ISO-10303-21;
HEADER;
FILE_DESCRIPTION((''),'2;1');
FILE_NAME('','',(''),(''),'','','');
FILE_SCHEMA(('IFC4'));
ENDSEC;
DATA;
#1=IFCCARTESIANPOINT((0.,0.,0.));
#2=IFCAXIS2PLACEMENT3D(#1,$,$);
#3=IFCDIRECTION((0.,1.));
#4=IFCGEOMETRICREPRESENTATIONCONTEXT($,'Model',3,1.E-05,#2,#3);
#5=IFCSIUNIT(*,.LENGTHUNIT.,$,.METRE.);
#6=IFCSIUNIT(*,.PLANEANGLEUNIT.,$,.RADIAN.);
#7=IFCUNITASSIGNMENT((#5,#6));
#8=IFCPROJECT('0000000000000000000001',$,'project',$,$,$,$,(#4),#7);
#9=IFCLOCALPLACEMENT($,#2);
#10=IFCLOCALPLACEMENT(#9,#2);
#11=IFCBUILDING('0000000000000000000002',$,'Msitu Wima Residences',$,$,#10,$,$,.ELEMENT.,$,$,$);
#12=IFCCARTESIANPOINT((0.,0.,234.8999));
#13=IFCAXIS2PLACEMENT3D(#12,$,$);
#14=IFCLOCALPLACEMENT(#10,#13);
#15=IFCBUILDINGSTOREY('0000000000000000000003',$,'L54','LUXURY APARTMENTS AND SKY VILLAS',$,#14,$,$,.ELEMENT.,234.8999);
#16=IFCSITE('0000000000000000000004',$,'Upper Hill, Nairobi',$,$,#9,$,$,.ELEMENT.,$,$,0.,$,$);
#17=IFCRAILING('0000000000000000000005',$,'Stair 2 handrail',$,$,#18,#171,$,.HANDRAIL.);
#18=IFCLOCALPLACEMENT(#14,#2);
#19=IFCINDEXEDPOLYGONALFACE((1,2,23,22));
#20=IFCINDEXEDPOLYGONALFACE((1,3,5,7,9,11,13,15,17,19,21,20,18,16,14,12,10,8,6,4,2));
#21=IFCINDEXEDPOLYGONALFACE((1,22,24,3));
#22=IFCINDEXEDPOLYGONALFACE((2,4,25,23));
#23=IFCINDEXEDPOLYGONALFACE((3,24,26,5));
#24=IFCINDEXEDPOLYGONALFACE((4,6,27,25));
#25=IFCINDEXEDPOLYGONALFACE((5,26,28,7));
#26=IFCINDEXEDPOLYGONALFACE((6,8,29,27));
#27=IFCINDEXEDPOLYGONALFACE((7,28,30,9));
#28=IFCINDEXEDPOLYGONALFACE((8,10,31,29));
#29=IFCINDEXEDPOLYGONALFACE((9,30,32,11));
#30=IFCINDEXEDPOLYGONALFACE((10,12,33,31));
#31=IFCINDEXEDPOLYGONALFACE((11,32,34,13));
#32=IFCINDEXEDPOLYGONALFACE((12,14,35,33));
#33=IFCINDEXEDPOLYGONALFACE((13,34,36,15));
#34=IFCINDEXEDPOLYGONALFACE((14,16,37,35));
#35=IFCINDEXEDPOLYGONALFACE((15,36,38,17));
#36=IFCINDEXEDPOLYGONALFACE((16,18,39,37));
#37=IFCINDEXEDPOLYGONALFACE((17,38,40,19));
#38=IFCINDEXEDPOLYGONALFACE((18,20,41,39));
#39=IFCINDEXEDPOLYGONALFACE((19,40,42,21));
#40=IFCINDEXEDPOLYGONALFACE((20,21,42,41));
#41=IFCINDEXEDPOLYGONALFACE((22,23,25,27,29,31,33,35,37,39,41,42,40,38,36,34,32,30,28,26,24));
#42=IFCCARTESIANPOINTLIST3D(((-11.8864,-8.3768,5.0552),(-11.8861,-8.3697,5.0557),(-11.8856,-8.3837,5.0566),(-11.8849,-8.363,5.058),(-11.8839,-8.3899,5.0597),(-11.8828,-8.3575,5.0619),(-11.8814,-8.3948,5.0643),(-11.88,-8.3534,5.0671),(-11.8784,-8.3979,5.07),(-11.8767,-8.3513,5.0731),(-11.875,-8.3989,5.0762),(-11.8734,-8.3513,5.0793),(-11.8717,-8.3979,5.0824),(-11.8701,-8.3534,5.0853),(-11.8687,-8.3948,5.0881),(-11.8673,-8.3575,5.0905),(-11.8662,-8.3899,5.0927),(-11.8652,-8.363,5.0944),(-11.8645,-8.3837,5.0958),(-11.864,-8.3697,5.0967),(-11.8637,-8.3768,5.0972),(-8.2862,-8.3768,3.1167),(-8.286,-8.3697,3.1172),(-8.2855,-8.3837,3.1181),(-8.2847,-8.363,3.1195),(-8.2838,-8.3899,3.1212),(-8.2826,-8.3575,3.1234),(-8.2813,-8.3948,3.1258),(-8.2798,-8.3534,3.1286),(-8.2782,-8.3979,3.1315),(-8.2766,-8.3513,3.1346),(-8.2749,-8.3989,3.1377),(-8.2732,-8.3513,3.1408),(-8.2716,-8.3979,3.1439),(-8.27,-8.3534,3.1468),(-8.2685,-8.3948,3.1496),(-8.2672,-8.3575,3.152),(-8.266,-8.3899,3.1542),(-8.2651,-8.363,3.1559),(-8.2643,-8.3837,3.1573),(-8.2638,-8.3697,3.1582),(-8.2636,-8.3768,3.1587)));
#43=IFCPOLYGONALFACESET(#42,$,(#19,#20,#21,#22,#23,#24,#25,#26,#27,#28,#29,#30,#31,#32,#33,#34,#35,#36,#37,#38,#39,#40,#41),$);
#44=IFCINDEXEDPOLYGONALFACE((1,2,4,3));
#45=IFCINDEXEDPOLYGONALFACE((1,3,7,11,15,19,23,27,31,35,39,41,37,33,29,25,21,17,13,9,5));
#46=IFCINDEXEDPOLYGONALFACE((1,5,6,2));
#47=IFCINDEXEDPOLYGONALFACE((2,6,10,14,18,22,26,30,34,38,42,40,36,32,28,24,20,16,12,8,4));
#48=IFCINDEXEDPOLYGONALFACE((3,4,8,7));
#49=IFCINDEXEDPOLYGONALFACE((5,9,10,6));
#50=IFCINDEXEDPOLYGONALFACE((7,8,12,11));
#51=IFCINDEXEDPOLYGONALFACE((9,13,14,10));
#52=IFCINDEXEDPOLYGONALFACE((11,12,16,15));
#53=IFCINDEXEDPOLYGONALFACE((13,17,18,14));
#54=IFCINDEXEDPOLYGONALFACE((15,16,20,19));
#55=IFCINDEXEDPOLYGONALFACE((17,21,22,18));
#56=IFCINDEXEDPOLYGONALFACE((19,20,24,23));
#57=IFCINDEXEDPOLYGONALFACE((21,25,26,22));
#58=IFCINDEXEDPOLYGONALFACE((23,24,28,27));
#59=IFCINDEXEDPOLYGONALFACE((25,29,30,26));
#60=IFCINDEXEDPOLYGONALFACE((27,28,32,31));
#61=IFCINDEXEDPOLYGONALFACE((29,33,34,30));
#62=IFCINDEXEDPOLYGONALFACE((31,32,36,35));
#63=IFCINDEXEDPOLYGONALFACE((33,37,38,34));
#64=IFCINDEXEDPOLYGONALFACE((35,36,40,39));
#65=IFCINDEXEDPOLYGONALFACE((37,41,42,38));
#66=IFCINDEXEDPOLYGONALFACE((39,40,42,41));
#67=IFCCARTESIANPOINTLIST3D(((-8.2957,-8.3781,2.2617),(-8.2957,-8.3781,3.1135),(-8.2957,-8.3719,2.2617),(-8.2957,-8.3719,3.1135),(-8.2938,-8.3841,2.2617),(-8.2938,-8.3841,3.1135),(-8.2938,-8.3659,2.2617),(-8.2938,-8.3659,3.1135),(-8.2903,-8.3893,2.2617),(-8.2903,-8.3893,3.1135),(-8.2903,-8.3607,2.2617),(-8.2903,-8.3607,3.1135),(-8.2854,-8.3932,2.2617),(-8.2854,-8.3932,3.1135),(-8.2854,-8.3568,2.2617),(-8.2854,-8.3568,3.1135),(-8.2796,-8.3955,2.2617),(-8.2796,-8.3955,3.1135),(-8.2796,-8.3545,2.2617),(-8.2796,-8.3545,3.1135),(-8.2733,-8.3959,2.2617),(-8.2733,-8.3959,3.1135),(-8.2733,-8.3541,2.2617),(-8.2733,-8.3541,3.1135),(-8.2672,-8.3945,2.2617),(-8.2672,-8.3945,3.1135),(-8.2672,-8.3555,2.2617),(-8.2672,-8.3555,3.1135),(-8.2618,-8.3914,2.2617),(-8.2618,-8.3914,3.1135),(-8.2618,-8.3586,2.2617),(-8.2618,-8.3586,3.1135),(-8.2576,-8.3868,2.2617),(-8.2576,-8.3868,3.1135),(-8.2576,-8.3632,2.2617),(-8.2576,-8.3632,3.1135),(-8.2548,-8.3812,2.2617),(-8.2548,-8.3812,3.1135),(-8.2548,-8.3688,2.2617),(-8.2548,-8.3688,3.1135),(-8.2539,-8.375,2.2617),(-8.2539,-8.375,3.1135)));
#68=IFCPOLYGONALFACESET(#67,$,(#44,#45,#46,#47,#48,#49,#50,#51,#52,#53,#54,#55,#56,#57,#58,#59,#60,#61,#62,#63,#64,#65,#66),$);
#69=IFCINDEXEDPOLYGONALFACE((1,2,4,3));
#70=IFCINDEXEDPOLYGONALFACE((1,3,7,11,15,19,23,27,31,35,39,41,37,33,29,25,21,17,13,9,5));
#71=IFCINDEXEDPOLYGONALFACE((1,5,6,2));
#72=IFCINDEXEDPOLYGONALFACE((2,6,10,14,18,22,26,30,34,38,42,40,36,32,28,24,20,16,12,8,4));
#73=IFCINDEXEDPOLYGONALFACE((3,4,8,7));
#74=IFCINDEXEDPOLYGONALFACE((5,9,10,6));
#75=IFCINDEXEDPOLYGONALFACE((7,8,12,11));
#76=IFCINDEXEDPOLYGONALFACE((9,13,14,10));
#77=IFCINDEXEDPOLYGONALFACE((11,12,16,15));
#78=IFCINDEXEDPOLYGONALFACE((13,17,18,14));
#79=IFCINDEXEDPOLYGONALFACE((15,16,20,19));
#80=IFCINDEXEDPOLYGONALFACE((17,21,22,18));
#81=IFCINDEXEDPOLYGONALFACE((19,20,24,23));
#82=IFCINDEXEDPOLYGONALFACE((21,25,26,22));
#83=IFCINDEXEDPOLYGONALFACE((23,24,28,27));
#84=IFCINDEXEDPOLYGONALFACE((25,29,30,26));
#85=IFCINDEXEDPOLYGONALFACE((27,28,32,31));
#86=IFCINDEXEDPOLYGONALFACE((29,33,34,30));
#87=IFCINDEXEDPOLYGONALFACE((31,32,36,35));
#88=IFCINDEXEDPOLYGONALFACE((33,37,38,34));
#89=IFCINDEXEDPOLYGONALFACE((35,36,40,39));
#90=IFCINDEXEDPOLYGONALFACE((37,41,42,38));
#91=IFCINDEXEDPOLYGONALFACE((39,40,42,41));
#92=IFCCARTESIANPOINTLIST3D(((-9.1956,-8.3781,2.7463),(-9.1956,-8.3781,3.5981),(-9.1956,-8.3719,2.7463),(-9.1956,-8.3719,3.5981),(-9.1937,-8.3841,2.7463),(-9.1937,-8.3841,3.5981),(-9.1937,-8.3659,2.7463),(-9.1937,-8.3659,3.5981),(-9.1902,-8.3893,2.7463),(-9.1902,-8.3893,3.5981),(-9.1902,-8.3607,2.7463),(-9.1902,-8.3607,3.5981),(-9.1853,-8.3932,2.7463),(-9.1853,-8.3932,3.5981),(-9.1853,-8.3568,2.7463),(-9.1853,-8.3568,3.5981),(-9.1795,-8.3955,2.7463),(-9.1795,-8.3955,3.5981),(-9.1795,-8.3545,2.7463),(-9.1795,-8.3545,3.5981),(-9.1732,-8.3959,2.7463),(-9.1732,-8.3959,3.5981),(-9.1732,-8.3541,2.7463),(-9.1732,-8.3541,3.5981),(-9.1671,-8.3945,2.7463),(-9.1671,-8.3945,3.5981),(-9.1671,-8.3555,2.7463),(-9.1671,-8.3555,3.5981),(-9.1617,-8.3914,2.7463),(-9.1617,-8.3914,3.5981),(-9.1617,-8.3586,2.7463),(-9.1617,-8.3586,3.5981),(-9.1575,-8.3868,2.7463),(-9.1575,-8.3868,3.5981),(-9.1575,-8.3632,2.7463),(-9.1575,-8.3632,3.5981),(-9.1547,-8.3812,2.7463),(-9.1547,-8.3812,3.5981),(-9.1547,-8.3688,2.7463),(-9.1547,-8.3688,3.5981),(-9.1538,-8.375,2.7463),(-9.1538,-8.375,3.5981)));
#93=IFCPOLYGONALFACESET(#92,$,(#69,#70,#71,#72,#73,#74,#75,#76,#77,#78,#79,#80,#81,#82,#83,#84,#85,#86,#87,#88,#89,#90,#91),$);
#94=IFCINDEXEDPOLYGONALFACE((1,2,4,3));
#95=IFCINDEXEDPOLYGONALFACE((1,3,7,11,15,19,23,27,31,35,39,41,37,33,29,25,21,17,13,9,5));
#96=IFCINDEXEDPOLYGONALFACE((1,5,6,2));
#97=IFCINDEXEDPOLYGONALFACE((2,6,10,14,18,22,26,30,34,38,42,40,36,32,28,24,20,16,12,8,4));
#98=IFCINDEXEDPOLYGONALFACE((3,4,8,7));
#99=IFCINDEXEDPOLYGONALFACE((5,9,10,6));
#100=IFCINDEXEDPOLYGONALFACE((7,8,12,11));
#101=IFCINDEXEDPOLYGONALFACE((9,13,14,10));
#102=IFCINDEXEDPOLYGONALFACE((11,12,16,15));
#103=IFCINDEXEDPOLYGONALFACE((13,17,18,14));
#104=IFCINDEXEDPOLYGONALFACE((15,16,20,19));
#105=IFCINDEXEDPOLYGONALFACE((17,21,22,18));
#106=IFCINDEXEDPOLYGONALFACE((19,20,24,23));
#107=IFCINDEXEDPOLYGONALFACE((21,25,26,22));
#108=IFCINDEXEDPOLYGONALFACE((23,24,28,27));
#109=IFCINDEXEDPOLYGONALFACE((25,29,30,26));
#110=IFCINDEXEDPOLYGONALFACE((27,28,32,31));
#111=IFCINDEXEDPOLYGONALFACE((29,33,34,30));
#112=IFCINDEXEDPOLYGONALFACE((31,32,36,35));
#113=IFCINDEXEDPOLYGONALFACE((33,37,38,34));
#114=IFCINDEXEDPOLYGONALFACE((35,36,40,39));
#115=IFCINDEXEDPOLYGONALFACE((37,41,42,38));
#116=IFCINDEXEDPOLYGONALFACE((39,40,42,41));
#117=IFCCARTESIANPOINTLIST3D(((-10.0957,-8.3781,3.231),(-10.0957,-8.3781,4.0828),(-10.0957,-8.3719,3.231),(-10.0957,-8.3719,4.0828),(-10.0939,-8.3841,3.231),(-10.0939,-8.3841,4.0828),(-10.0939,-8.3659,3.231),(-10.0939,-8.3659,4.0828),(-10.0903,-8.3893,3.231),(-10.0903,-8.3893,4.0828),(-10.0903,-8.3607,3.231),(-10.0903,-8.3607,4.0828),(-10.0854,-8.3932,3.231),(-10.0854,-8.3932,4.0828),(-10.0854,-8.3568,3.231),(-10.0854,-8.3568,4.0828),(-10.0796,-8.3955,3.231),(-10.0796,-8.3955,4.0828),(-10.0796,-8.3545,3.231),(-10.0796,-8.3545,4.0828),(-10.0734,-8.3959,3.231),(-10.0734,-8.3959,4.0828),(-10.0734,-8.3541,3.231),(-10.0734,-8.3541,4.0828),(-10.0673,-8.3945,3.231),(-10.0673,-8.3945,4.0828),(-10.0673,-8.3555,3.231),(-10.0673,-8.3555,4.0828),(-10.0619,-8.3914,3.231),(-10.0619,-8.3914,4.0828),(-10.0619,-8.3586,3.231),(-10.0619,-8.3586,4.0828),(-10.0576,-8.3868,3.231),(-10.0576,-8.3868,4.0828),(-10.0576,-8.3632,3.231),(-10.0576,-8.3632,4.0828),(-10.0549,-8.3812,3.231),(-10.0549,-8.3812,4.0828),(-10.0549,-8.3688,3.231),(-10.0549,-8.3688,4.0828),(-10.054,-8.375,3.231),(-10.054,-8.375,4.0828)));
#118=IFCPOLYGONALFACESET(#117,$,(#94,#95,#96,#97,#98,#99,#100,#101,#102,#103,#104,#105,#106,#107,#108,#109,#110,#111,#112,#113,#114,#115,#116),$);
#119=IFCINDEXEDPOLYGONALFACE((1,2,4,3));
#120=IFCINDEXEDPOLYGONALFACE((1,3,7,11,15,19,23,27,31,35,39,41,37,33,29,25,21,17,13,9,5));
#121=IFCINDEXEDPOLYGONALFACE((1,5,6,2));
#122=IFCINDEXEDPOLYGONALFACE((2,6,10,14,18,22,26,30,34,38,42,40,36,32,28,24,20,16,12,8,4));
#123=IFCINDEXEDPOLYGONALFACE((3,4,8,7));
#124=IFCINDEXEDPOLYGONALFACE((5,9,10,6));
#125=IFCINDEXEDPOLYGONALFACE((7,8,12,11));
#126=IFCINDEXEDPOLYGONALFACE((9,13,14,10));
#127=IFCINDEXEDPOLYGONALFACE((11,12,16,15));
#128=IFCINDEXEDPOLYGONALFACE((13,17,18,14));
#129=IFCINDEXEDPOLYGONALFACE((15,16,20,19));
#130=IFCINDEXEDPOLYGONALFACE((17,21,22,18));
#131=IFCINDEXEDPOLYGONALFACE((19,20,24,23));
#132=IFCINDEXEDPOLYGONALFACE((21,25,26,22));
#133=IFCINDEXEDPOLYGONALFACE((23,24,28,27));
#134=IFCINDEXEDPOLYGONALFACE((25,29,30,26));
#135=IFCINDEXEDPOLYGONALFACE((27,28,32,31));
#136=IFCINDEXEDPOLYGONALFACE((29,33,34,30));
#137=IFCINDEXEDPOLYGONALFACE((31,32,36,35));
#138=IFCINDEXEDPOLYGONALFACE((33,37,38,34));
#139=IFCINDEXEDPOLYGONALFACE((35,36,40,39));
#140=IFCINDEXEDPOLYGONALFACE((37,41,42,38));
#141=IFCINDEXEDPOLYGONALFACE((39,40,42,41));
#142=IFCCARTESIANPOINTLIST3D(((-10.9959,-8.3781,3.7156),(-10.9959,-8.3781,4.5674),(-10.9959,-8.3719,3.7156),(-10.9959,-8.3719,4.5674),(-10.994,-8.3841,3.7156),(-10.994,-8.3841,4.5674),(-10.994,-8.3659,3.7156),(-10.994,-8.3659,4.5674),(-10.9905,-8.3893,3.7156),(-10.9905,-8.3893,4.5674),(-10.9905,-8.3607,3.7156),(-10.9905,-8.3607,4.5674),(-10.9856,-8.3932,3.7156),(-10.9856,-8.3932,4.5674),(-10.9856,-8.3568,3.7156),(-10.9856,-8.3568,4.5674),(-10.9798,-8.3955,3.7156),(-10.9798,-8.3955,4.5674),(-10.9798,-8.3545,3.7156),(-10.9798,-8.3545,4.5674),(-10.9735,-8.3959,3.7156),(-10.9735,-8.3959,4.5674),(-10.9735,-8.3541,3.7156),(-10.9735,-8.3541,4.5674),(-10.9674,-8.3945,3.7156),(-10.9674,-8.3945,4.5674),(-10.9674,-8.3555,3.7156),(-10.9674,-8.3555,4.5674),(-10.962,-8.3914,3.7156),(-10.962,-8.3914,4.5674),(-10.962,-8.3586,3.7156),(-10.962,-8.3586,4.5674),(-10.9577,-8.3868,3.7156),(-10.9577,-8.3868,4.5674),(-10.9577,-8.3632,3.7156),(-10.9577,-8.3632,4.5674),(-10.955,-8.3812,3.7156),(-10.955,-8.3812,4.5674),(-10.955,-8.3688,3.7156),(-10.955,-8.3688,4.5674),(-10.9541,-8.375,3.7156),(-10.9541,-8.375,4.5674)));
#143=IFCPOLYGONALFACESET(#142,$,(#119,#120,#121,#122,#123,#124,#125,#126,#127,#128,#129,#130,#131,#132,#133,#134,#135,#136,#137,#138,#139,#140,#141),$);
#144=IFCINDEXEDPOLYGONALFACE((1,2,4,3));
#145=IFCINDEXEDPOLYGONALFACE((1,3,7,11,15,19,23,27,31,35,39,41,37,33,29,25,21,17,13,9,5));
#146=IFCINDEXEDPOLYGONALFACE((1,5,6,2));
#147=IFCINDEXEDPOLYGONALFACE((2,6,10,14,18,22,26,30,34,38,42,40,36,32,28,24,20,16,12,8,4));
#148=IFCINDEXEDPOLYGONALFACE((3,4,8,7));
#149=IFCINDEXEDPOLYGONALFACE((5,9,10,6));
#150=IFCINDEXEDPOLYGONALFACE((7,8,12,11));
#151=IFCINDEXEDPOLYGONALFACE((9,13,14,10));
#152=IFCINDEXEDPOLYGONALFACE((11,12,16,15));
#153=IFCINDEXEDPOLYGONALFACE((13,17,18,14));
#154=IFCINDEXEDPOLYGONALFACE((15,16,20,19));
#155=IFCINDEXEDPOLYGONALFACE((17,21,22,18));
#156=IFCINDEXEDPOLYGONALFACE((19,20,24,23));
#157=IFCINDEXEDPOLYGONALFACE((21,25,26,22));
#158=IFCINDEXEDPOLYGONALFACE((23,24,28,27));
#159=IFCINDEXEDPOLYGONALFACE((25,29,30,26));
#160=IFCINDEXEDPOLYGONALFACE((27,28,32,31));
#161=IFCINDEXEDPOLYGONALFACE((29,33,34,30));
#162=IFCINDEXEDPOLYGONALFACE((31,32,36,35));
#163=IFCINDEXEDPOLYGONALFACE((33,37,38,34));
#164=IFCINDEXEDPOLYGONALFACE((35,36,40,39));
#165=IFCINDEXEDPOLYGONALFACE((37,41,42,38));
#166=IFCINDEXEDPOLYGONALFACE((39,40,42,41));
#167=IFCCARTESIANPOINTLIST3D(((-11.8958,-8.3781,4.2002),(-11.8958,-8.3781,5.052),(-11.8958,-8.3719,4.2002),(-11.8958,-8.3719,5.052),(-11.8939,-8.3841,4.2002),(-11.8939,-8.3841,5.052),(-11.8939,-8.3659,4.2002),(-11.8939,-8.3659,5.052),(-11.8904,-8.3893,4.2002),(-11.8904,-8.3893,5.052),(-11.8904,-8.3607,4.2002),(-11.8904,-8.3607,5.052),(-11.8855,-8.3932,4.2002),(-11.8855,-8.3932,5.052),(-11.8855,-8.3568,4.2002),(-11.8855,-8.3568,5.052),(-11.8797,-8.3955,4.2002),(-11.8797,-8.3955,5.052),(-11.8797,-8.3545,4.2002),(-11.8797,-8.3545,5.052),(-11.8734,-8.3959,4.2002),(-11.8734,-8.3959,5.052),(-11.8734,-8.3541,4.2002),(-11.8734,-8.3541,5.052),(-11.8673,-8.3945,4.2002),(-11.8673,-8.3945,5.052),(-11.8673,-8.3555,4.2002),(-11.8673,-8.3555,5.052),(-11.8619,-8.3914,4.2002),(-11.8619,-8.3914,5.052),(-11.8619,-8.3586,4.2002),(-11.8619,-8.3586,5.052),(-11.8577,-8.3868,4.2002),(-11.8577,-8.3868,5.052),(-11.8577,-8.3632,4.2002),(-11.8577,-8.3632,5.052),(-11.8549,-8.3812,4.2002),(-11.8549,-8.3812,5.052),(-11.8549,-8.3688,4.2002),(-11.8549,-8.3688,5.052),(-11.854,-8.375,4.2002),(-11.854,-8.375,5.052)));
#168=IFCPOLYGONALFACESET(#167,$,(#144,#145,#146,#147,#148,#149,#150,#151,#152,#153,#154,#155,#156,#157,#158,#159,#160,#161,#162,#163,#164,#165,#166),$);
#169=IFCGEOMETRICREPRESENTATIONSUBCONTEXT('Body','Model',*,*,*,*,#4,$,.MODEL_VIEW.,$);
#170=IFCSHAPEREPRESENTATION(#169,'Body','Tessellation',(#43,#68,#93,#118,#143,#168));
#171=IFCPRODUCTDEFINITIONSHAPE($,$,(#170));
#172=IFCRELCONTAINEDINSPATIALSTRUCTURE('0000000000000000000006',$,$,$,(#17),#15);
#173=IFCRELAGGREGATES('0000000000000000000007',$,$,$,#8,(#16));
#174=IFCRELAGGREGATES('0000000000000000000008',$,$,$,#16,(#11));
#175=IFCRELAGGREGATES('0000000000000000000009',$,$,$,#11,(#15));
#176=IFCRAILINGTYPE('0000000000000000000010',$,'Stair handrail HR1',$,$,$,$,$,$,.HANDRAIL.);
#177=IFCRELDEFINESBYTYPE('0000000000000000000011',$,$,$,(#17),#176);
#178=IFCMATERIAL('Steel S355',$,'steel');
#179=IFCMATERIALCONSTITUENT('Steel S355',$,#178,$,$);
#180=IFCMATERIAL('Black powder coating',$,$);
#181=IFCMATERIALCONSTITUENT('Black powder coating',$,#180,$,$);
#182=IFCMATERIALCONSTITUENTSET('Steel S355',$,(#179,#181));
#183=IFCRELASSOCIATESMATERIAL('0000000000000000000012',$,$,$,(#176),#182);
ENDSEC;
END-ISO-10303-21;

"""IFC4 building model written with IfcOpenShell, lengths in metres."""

from ifc_helpers import new_model, si_unit, direction, frame, origin, origin_2d, place, context, subcontext, project, spatial, circle, extrude, material, constituent, constituent_set, type_object, element, save


model = new_model("IFC4")

# Units and contexts
model_context = context("Model", 3, precision=1e-05, world=origin(), true_north=direction((0.0, 1.0)))
body_context = subcontext(model_context, "Body", "Model", "MODEL_VIEW")
ifc_project = project(units=[si_unit("LENGTHUNIT", "METRE"), si_unit("PLANEANGLEUNIT", "RADIAN")], contexts=[model_context])

# Site, building, storey
site_placement = place(None, origin())
site = spatial("IfcSite", under=ifc_project, at=site_placement, Name="Upper Hill, Nairobi", CompositionType="ELEMENT", RefElevation=0.0)
building_placement = place(site_placement, origin())
building = spatial("IfcBuilding", under=site, at=building_placement, Name="Msitu Wima Residences", CompositionType="ELEMENT")
storey_placement = place(building_placement, frame((0.0, 0.0, 234.8999)))
storey = spatial("IfcBuildingStorey", under=building, at=storey_placement, Name="L54", Description="LUXURY APARTMENTS AND SKY VILLAS", CompositionType="ELEMENT", Elevation=234.8999)

# Railing
ifc_material_1 = material(Name="Steel S355", Category="steel")
ifc_constituent_1 = constituent(ifc_material_1, Name="Steel S355")
ifc_material_2 = material(Name="Black powder coating")
ifc_constituent_2 = constituent(ifc_material_2, Name="Black powder coating")
ifc_constituent_set = constituent_set(constituents=[ifc_constituent_1, ifc_constituent_2], Name="Steel S355")
railing_type = type_object("IfcRailingType", Name="Stair handrail HR1", PredefinedType="HANDRAIL", material=ifc_constituent_set)
for number, where, name in (
    (1, (-8.2749, -8.375, 2.2617), "Stair 2 handrail"),
):
    element("IfcRailing", number, at=place(storey_placement, frame(where)), inside=storey, type_object=railing_type, Name=name, PredefinedType="HANDRAIL", context=body_context, shape_type="SweptSolid", body=[
        extrude(circle(Radius=0.0239, at=origin_2d()), frame((0.0, 0.0, 0.876), z_axis=(-0.880475, 0.0, 0.474093), x_axis=(0.0, -1.0, 0.0)), (0.0, 0.0, 1.0), 4.0889),
        extrude(circle(Radius=0.021, at=origin_2d()), origin(), (0.0, 0.0, 1.0), 0.8518),
        extrude(circle(Radius=0.021, at=origin_2d()), frame((-0.8999, 0.0, 0.4846)), (0.0, 0.0, 1.0), 0.8518),
        extrude(circle(Radius=0.021, at=origin_2d()), frame((-1.8, 0.0, 0.9692)), (0.0, 0.0, 1.0), 0.8518),
        extrude(circle(Radius=0.021, at=origin_2d()), frame((-2.7002, 0.0, 1.4539)), (0.0, 0.0, 1.0), 0.8518),
        extrude(circle(Radius=0.021, at=origin_2d()), frame((-3.6001, 0.0, 1.9385)), (0.0, 0.0, 1.0), 0.8518),
    ])

save(model, "model.ifc")
